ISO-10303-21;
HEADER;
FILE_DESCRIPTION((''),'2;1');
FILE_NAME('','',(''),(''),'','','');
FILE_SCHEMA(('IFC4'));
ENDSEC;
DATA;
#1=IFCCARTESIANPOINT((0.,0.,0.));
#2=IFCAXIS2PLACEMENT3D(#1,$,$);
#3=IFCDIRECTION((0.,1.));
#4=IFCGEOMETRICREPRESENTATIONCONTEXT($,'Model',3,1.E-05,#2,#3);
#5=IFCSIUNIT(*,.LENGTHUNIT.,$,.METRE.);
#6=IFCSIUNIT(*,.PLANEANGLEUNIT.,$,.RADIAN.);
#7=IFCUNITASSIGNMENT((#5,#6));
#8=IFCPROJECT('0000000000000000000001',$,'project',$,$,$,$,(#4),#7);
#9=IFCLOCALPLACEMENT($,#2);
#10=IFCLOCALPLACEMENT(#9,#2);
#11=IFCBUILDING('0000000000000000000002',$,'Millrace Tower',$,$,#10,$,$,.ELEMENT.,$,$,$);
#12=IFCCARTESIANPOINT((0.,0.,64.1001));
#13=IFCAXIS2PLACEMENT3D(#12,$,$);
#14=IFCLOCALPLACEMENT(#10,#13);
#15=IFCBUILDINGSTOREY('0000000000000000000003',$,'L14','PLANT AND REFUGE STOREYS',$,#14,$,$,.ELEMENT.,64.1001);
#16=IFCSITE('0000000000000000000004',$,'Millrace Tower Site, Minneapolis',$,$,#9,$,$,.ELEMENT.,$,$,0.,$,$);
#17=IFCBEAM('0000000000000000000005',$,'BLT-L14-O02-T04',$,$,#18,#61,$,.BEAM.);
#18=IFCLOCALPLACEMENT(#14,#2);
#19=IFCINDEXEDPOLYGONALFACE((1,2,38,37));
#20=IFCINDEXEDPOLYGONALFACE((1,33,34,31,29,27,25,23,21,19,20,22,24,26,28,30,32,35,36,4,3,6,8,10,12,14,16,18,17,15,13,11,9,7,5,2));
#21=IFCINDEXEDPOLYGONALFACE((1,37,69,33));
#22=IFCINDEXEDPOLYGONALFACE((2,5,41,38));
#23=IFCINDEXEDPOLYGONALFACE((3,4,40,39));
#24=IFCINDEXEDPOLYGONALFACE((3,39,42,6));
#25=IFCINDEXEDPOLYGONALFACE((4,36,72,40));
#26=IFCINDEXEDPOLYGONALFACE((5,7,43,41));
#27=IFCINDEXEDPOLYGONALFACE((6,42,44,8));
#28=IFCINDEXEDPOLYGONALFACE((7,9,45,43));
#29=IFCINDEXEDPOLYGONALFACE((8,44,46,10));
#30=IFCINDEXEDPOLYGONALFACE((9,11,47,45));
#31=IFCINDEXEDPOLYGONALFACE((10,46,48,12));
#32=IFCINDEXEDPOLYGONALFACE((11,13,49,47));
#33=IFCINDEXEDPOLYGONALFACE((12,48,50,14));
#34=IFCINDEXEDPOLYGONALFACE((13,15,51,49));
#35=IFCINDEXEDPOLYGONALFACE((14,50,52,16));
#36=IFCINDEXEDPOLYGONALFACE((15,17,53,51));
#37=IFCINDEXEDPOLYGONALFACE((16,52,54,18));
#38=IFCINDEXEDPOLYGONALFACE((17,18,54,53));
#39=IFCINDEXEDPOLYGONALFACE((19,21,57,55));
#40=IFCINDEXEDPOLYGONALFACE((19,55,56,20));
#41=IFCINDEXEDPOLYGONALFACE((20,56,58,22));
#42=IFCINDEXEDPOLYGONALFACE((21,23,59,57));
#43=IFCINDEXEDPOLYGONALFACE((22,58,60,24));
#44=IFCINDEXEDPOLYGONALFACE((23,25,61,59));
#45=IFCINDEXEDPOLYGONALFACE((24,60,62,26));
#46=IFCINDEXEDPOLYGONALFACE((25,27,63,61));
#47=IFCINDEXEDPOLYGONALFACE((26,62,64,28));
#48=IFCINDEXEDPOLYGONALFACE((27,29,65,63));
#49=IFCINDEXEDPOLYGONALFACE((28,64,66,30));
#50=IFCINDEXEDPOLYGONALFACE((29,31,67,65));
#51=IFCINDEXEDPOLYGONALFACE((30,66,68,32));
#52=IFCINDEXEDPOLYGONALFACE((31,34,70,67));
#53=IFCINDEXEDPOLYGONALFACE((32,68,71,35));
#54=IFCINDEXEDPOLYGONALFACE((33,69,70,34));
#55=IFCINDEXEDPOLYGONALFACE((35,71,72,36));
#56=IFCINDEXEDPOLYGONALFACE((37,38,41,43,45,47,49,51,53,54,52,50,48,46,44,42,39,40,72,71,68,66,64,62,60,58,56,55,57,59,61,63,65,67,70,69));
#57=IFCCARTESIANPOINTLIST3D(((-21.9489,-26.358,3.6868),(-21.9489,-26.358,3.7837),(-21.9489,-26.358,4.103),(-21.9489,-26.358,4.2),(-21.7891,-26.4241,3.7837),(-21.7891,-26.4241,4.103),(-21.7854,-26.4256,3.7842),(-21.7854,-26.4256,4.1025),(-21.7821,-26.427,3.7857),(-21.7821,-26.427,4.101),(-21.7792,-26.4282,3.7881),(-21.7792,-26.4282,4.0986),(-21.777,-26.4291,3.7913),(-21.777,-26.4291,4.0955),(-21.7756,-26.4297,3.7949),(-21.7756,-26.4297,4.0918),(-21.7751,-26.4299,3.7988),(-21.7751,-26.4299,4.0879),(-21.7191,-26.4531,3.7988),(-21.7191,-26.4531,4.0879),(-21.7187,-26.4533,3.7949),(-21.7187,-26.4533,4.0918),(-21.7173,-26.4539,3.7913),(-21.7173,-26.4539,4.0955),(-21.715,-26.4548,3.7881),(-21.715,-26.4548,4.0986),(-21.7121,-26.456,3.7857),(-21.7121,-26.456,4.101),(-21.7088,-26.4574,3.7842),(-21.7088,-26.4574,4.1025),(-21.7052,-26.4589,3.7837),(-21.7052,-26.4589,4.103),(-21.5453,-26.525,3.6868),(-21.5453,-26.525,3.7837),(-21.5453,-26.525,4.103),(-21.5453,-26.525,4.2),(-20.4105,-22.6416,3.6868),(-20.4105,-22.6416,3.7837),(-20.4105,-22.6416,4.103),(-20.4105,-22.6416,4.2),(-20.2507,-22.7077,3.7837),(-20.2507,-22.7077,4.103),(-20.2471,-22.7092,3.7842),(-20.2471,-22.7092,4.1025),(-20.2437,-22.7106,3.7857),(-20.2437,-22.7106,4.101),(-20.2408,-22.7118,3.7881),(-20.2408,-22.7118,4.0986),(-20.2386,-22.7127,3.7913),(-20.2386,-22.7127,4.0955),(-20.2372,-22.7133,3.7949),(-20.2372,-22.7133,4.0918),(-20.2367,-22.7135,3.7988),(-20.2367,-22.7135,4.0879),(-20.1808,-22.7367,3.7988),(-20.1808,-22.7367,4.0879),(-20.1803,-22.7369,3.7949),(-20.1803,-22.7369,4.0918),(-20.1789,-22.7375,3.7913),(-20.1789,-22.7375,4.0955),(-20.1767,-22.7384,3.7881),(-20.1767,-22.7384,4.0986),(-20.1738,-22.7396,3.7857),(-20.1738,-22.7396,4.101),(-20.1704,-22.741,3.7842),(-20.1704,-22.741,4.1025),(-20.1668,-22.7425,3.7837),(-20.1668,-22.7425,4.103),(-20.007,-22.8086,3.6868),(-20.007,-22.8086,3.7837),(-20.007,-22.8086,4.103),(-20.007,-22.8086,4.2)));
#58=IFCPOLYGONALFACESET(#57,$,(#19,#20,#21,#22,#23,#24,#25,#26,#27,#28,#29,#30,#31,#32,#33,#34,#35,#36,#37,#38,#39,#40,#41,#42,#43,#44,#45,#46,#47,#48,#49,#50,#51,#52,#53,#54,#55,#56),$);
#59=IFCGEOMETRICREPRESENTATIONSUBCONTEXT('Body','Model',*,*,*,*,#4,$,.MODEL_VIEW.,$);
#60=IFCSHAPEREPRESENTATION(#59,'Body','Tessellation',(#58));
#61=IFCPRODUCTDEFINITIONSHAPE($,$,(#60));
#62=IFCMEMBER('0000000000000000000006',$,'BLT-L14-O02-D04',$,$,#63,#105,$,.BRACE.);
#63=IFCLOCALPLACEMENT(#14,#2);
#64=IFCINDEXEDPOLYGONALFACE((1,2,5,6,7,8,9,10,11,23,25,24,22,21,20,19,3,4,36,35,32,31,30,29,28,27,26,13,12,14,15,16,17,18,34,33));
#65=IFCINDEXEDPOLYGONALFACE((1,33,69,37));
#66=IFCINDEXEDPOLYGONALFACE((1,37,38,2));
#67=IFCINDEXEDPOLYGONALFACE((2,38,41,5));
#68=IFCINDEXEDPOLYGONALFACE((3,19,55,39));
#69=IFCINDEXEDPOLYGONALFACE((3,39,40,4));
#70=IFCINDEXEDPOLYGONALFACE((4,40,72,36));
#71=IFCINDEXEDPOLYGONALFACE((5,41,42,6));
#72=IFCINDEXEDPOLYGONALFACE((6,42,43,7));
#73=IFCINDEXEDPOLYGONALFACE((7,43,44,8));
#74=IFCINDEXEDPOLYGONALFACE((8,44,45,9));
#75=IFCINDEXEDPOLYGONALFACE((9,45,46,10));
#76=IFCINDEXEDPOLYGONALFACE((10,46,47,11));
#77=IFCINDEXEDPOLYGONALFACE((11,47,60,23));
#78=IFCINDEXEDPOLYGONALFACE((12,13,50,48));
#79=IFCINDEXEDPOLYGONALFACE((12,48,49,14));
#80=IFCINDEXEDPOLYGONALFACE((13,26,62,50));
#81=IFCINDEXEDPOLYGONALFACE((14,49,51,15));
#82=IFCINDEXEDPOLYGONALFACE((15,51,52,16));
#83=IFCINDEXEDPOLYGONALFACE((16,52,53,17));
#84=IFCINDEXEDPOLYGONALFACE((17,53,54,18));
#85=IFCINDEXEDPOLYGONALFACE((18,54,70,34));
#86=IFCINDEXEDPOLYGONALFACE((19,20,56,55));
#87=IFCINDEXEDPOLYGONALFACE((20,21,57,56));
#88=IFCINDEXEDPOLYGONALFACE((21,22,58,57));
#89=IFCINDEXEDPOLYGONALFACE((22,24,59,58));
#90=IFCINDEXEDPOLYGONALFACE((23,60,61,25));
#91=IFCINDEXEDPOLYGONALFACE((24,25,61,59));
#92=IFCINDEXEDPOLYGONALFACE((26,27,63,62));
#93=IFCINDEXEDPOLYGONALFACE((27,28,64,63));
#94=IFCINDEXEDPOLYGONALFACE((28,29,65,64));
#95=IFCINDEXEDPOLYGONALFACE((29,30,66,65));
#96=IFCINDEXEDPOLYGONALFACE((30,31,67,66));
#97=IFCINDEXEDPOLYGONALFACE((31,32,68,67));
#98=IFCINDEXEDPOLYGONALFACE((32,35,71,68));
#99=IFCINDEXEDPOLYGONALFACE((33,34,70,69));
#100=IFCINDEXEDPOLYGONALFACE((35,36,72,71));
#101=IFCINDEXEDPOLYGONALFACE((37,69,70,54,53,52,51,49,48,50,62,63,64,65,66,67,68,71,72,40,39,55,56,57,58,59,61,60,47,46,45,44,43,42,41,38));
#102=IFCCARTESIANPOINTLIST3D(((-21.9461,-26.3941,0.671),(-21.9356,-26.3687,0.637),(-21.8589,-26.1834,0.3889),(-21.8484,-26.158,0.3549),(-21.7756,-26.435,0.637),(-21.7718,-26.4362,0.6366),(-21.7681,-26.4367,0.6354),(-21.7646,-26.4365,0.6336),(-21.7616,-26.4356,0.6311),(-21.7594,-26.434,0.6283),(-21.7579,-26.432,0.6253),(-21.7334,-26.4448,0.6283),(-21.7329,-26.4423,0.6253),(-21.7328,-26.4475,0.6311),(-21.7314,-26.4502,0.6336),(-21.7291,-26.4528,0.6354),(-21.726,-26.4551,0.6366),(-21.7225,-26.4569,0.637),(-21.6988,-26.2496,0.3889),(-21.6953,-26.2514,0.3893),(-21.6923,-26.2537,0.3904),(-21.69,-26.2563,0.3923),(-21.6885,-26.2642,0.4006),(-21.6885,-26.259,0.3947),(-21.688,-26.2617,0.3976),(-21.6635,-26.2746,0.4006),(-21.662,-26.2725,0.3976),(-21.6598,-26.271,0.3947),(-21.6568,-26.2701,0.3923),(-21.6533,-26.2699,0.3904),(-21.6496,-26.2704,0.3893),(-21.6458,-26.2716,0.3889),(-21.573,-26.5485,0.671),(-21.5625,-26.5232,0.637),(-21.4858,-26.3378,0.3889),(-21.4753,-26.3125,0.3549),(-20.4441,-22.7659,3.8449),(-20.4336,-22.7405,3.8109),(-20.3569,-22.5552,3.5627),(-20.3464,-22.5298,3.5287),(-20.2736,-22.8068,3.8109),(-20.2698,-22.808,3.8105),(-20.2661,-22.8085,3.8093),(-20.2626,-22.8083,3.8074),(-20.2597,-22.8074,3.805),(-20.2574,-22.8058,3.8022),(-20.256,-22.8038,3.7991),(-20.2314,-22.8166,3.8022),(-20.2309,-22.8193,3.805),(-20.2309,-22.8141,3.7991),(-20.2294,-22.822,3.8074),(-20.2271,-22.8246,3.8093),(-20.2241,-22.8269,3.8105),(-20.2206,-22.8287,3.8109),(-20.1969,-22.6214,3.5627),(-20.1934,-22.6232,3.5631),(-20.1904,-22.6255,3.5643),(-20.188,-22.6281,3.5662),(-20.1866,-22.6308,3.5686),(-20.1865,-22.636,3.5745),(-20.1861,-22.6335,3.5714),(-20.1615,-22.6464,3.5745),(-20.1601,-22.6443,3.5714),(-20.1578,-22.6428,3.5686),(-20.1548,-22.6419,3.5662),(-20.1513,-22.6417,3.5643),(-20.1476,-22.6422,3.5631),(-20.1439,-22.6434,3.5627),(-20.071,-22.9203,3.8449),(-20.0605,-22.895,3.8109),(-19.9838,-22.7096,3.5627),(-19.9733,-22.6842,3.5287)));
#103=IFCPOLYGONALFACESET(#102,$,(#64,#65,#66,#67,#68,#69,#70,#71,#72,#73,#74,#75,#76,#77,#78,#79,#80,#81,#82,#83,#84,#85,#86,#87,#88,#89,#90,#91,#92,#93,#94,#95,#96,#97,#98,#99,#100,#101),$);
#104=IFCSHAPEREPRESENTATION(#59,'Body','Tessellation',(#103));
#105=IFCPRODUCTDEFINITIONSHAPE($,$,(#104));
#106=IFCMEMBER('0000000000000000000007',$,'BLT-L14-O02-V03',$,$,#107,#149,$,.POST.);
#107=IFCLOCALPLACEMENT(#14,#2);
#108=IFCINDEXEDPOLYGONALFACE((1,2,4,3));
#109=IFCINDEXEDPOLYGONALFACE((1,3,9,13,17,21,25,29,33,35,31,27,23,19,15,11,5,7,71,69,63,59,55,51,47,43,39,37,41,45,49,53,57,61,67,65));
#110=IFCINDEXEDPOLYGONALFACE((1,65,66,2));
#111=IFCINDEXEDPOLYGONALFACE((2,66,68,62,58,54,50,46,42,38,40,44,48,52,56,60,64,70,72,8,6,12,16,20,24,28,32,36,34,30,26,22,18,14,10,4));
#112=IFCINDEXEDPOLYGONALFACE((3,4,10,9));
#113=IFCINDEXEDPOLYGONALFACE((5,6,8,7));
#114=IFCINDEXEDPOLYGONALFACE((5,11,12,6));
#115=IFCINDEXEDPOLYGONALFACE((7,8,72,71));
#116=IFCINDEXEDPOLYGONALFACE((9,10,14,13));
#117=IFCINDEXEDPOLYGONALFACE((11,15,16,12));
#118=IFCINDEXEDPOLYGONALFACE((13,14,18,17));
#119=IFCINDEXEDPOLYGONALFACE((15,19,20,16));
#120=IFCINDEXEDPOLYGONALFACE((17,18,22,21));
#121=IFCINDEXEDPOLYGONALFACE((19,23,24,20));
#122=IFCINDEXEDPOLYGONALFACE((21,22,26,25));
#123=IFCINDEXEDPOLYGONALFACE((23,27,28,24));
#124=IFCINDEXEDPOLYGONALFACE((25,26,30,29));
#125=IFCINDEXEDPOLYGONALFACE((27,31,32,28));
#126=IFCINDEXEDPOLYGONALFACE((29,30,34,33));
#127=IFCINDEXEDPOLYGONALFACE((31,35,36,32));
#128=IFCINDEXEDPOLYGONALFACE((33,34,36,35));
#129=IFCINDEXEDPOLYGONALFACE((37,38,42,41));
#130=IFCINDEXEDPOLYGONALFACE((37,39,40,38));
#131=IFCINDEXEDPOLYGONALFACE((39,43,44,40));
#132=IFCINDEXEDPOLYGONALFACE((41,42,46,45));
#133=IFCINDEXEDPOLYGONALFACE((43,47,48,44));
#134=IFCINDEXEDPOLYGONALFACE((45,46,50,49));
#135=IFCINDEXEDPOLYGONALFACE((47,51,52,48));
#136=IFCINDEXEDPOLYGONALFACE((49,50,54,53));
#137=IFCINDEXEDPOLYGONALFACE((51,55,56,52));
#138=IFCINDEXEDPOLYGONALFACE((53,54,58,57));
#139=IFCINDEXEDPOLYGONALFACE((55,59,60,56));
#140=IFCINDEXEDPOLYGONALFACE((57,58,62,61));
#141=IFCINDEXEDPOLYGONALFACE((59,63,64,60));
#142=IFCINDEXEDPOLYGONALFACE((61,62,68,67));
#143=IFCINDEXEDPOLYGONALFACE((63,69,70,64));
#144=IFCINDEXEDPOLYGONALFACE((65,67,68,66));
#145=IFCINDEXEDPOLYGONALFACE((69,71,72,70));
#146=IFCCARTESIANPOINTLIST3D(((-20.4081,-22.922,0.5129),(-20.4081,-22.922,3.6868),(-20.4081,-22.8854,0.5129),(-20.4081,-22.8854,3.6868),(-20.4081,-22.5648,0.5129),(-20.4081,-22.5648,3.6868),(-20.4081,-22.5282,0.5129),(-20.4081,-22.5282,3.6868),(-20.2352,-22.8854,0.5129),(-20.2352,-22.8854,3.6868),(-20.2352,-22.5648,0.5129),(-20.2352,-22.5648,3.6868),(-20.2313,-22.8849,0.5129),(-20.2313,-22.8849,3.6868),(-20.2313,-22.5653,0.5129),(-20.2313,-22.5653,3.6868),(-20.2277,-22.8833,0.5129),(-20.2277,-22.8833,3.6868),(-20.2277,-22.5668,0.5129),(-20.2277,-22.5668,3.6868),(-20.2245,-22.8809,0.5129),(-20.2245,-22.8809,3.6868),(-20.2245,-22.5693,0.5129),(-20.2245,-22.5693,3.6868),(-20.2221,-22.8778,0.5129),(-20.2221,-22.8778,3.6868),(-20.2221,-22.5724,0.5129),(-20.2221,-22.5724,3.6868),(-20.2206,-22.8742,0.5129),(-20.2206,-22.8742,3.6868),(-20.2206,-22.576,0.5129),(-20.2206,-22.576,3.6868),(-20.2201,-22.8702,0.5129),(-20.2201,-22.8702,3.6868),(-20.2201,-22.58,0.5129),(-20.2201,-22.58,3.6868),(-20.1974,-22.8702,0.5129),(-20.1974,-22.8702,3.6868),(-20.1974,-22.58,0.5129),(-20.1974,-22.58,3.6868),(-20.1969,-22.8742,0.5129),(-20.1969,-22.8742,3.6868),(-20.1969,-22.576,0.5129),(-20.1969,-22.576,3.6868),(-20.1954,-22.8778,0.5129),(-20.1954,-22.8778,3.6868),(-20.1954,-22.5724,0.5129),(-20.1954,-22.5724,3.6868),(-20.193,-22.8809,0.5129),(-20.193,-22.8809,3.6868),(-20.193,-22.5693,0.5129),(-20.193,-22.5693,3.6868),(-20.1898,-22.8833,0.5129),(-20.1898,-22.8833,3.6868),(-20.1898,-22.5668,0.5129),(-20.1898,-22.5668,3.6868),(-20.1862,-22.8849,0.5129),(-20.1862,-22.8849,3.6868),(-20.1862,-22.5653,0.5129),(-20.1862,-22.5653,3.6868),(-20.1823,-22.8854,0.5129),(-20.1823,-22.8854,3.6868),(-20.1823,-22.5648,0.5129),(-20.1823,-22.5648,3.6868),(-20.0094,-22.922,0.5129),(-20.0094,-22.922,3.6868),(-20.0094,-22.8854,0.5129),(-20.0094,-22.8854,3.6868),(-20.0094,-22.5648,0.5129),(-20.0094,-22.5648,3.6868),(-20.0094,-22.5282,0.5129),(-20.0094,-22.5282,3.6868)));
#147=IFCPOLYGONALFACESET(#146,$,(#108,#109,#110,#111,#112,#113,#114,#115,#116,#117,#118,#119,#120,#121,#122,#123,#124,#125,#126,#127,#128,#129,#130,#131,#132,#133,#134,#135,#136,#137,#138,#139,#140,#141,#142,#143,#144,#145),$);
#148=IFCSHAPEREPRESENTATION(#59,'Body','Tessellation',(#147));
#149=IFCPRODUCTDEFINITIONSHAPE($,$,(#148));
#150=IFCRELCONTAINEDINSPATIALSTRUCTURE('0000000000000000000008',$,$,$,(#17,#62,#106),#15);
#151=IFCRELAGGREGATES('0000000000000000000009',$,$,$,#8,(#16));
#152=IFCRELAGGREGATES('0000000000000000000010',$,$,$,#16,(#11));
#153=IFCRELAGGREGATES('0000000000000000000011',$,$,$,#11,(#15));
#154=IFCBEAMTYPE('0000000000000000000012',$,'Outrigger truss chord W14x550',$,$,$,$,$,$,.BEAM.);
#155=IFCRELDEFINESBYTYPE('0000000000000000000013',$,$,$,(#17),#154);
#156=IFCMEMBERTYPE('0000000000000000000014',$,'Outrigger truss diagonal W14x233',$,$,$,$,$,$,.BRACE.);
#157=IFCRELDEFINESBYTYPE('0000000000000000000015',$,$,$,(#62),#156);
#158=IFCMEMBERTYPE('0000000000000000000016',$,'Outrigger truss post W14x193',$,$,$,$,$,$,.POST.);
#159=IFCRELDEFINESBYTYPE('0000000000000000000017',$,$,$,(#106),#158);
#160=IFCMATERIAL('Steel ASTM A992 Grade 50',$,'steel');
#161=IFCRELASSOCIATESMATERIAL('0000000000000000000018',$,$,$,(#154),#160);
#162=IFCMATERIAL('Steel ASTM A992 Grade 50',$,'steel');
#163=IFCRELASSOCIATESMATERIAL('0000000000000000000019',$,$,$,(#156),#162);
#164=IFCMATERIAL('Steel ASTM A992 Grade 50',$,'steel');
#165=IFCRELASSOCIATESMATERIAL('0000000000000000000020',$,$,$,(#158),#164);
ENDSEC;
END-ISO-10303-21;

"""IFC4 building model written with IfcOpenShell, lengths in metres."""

from ifc_helpers import new_model, si_unit, direction, frame, origin, origin_2d, place, context, subcontext, project, spatial, i_section, extrude, material, material_profile, profile_set, type_object, element, save


model = new_model("IFC4")

# Units and contexts
model_context = context("Model", 3, precision=1e-05, world=origin(), true_north=direction((0.0, 1.0)))
body_context = subcontext(model_context, "Body", "Model", "MODEL_VIEW")
ifc_project = project(units=[si_unit("LENGTHUNIT", "METRE"), si_unit("PLANEANGLEUNIT", "RADIAN")], contexts=[model_context])

# Site, building, storey
site_placement = place(None, origin())
site = spatial("IfcSite", under=ifc_project, at=site_placement, Name="Millrace Tower Site, Minneapolis", CompositionType="ELEMENT", RefElevation=0.0)
building_placement = place(site_placement, origin())
building = spatial("IfcBuilding", under=site, at=building_placement, Name="Millrace Tower", CompositionType="ELEMENT")
storey_placement = place(building_placement, frame((0.0, 0.0, 64.1001)))
storey = spatial("IfcBuildingStorey", under=building, at=storey_placement, Name="L14", Description="PLANT AND REFUGE STOREYS", CompositionType="ELEMENT", Elevation=64.1001)

# Beam
ifc_material_1 = material(Name="Steel ASTM A992 Grade 50", Category="steel")
ifc_material_profile_1 = material_profile(ifc_material_1, i_section(OverallWidth=0.4368, OverallDepth=0.5132, WebThickness=0.0605, FlangeThickness=0.0969, FilletRadius=0.0151, at=origin_2d()))
ifc_profile_set_1 = profile_set([ifc_material_profile_1], Name="Steel ASTM A992 Grade 50")
beam_type_1 = type_object("IfcBeamType", Name="Outrigger truss chord W14x550", PredefinedType="BEAM", material=ifc_profile_set_1)
beam_1_placement = place(storey_placement, frame((-20.2087, -22.7251, 3.9434), z_axis=(-0.382468, -0.923969, 0.0), x_axis=(0.923969, -0.382468, 0.0)))
element("IfcBeam", 1, at=beam_1_placement, inside=storey, type_object=beam_type_1, Name="BLT-L14-O02-T04", PredefinedType="BEAM", context=body_context, shape_type="SweptSolid", body=[
    extrude(i_section(OverallWidth=0.4368, OverallDepth=0.5132, WebThickness=0.0605, FlangeThickness=0.0969, FilletRadius=0.0151, at=origin_2d()), origin(), (0.0, 0.0, 1.0), 4.0222),
])

# Members
ifc_material_2 = material(Name="Steel ASTM A992 Grade 50", Category="steel")
ifc_material_profile_2 = material_profile(ifc_material_2, i_section(OverallWidth=0.4038, OverallDepth=0.4065, WebThickness=0.0271, FlangeThickness=0.0437, FilletRadius=0.0151, at=origin_2d()))
ifc_profile_set_2 = profile_set([ifc_material_profile_2], Name="Steel ASTM A992 Grade 50")
member_type_1 = type_object("IfcMemberType", Name="Outrigger truss diagonal W14x233", PredefinedType="BRACE", material=ifc_profile_set_2)
member_1_placement = place(storey_placement, frame((-21.7107, -26.3533, 0.5129), z_axis=(0.297474, 0.718588, 0.628602), x_axis=(-0.923959, 0.382491, 0.0)))
element("IfcMember", 2, at=member_1_placement, inside=storey, type_object=member_type_1, Name="BLT-L14-O02-D04", PredefinedType="BRACE", context=body_context, shape_type="SweptSolid", body=[
    extrude(i_section(OverallWidth=0.4038, OverallDepth=0.4065, WebThickness=0.0271, FlangeThickness=0.0437, FilletRadius=0.0151, at=origin_2d()), origin(), (0.0, 0.0, 1.0), 5.0491),
])
ifc_material_3 = material(Name="Steel ASTM A992 Grade 50", Category="steel")
ifc_material_profile_3 = material_profile(ifc_material_3, i_section(OverallWidth=0.3987, OverallDepth=0.3938, WebThickness=0.0227, FlangeThickness=0.0366, FilletRadius=0.0151, at=origin_2d()))
ifc_profile_set_3 = profile_set([ifc_material_profile_3], Name="Steel ASTM A992 Grade 50")
member_type_2 = type_object("IfcMemberType", Name="Outrigger truss post W14x193", PredefinedType="POST", material=ifc_profile_set_3)
member_2_placement = place(storey_placement, frame((-20.2087, -22.7251, 0.5129), z_axis=(0.0, 0.0, 1.0), x_axis=(1.0, 0.0, 0.0)))
element("IfcMember", 3, at=member_2_placement, inside=storey, type_object=member_type_2, Name="BLT-L14-O02-V03", PredefinedType="POST", context=body_context, shape_type="SweptSolid", body=[
    extrude(i_section(OverallWidth=0.3987, OverallDepth=0.3938, WebThickness=0.0227, FlangeThickness=0.0366, FilletRadius=0.0151, at=origin_2d()), origin(), (0.0, 0.0, 1.0), 3.1738),
])

save(model, "model.ifc")
